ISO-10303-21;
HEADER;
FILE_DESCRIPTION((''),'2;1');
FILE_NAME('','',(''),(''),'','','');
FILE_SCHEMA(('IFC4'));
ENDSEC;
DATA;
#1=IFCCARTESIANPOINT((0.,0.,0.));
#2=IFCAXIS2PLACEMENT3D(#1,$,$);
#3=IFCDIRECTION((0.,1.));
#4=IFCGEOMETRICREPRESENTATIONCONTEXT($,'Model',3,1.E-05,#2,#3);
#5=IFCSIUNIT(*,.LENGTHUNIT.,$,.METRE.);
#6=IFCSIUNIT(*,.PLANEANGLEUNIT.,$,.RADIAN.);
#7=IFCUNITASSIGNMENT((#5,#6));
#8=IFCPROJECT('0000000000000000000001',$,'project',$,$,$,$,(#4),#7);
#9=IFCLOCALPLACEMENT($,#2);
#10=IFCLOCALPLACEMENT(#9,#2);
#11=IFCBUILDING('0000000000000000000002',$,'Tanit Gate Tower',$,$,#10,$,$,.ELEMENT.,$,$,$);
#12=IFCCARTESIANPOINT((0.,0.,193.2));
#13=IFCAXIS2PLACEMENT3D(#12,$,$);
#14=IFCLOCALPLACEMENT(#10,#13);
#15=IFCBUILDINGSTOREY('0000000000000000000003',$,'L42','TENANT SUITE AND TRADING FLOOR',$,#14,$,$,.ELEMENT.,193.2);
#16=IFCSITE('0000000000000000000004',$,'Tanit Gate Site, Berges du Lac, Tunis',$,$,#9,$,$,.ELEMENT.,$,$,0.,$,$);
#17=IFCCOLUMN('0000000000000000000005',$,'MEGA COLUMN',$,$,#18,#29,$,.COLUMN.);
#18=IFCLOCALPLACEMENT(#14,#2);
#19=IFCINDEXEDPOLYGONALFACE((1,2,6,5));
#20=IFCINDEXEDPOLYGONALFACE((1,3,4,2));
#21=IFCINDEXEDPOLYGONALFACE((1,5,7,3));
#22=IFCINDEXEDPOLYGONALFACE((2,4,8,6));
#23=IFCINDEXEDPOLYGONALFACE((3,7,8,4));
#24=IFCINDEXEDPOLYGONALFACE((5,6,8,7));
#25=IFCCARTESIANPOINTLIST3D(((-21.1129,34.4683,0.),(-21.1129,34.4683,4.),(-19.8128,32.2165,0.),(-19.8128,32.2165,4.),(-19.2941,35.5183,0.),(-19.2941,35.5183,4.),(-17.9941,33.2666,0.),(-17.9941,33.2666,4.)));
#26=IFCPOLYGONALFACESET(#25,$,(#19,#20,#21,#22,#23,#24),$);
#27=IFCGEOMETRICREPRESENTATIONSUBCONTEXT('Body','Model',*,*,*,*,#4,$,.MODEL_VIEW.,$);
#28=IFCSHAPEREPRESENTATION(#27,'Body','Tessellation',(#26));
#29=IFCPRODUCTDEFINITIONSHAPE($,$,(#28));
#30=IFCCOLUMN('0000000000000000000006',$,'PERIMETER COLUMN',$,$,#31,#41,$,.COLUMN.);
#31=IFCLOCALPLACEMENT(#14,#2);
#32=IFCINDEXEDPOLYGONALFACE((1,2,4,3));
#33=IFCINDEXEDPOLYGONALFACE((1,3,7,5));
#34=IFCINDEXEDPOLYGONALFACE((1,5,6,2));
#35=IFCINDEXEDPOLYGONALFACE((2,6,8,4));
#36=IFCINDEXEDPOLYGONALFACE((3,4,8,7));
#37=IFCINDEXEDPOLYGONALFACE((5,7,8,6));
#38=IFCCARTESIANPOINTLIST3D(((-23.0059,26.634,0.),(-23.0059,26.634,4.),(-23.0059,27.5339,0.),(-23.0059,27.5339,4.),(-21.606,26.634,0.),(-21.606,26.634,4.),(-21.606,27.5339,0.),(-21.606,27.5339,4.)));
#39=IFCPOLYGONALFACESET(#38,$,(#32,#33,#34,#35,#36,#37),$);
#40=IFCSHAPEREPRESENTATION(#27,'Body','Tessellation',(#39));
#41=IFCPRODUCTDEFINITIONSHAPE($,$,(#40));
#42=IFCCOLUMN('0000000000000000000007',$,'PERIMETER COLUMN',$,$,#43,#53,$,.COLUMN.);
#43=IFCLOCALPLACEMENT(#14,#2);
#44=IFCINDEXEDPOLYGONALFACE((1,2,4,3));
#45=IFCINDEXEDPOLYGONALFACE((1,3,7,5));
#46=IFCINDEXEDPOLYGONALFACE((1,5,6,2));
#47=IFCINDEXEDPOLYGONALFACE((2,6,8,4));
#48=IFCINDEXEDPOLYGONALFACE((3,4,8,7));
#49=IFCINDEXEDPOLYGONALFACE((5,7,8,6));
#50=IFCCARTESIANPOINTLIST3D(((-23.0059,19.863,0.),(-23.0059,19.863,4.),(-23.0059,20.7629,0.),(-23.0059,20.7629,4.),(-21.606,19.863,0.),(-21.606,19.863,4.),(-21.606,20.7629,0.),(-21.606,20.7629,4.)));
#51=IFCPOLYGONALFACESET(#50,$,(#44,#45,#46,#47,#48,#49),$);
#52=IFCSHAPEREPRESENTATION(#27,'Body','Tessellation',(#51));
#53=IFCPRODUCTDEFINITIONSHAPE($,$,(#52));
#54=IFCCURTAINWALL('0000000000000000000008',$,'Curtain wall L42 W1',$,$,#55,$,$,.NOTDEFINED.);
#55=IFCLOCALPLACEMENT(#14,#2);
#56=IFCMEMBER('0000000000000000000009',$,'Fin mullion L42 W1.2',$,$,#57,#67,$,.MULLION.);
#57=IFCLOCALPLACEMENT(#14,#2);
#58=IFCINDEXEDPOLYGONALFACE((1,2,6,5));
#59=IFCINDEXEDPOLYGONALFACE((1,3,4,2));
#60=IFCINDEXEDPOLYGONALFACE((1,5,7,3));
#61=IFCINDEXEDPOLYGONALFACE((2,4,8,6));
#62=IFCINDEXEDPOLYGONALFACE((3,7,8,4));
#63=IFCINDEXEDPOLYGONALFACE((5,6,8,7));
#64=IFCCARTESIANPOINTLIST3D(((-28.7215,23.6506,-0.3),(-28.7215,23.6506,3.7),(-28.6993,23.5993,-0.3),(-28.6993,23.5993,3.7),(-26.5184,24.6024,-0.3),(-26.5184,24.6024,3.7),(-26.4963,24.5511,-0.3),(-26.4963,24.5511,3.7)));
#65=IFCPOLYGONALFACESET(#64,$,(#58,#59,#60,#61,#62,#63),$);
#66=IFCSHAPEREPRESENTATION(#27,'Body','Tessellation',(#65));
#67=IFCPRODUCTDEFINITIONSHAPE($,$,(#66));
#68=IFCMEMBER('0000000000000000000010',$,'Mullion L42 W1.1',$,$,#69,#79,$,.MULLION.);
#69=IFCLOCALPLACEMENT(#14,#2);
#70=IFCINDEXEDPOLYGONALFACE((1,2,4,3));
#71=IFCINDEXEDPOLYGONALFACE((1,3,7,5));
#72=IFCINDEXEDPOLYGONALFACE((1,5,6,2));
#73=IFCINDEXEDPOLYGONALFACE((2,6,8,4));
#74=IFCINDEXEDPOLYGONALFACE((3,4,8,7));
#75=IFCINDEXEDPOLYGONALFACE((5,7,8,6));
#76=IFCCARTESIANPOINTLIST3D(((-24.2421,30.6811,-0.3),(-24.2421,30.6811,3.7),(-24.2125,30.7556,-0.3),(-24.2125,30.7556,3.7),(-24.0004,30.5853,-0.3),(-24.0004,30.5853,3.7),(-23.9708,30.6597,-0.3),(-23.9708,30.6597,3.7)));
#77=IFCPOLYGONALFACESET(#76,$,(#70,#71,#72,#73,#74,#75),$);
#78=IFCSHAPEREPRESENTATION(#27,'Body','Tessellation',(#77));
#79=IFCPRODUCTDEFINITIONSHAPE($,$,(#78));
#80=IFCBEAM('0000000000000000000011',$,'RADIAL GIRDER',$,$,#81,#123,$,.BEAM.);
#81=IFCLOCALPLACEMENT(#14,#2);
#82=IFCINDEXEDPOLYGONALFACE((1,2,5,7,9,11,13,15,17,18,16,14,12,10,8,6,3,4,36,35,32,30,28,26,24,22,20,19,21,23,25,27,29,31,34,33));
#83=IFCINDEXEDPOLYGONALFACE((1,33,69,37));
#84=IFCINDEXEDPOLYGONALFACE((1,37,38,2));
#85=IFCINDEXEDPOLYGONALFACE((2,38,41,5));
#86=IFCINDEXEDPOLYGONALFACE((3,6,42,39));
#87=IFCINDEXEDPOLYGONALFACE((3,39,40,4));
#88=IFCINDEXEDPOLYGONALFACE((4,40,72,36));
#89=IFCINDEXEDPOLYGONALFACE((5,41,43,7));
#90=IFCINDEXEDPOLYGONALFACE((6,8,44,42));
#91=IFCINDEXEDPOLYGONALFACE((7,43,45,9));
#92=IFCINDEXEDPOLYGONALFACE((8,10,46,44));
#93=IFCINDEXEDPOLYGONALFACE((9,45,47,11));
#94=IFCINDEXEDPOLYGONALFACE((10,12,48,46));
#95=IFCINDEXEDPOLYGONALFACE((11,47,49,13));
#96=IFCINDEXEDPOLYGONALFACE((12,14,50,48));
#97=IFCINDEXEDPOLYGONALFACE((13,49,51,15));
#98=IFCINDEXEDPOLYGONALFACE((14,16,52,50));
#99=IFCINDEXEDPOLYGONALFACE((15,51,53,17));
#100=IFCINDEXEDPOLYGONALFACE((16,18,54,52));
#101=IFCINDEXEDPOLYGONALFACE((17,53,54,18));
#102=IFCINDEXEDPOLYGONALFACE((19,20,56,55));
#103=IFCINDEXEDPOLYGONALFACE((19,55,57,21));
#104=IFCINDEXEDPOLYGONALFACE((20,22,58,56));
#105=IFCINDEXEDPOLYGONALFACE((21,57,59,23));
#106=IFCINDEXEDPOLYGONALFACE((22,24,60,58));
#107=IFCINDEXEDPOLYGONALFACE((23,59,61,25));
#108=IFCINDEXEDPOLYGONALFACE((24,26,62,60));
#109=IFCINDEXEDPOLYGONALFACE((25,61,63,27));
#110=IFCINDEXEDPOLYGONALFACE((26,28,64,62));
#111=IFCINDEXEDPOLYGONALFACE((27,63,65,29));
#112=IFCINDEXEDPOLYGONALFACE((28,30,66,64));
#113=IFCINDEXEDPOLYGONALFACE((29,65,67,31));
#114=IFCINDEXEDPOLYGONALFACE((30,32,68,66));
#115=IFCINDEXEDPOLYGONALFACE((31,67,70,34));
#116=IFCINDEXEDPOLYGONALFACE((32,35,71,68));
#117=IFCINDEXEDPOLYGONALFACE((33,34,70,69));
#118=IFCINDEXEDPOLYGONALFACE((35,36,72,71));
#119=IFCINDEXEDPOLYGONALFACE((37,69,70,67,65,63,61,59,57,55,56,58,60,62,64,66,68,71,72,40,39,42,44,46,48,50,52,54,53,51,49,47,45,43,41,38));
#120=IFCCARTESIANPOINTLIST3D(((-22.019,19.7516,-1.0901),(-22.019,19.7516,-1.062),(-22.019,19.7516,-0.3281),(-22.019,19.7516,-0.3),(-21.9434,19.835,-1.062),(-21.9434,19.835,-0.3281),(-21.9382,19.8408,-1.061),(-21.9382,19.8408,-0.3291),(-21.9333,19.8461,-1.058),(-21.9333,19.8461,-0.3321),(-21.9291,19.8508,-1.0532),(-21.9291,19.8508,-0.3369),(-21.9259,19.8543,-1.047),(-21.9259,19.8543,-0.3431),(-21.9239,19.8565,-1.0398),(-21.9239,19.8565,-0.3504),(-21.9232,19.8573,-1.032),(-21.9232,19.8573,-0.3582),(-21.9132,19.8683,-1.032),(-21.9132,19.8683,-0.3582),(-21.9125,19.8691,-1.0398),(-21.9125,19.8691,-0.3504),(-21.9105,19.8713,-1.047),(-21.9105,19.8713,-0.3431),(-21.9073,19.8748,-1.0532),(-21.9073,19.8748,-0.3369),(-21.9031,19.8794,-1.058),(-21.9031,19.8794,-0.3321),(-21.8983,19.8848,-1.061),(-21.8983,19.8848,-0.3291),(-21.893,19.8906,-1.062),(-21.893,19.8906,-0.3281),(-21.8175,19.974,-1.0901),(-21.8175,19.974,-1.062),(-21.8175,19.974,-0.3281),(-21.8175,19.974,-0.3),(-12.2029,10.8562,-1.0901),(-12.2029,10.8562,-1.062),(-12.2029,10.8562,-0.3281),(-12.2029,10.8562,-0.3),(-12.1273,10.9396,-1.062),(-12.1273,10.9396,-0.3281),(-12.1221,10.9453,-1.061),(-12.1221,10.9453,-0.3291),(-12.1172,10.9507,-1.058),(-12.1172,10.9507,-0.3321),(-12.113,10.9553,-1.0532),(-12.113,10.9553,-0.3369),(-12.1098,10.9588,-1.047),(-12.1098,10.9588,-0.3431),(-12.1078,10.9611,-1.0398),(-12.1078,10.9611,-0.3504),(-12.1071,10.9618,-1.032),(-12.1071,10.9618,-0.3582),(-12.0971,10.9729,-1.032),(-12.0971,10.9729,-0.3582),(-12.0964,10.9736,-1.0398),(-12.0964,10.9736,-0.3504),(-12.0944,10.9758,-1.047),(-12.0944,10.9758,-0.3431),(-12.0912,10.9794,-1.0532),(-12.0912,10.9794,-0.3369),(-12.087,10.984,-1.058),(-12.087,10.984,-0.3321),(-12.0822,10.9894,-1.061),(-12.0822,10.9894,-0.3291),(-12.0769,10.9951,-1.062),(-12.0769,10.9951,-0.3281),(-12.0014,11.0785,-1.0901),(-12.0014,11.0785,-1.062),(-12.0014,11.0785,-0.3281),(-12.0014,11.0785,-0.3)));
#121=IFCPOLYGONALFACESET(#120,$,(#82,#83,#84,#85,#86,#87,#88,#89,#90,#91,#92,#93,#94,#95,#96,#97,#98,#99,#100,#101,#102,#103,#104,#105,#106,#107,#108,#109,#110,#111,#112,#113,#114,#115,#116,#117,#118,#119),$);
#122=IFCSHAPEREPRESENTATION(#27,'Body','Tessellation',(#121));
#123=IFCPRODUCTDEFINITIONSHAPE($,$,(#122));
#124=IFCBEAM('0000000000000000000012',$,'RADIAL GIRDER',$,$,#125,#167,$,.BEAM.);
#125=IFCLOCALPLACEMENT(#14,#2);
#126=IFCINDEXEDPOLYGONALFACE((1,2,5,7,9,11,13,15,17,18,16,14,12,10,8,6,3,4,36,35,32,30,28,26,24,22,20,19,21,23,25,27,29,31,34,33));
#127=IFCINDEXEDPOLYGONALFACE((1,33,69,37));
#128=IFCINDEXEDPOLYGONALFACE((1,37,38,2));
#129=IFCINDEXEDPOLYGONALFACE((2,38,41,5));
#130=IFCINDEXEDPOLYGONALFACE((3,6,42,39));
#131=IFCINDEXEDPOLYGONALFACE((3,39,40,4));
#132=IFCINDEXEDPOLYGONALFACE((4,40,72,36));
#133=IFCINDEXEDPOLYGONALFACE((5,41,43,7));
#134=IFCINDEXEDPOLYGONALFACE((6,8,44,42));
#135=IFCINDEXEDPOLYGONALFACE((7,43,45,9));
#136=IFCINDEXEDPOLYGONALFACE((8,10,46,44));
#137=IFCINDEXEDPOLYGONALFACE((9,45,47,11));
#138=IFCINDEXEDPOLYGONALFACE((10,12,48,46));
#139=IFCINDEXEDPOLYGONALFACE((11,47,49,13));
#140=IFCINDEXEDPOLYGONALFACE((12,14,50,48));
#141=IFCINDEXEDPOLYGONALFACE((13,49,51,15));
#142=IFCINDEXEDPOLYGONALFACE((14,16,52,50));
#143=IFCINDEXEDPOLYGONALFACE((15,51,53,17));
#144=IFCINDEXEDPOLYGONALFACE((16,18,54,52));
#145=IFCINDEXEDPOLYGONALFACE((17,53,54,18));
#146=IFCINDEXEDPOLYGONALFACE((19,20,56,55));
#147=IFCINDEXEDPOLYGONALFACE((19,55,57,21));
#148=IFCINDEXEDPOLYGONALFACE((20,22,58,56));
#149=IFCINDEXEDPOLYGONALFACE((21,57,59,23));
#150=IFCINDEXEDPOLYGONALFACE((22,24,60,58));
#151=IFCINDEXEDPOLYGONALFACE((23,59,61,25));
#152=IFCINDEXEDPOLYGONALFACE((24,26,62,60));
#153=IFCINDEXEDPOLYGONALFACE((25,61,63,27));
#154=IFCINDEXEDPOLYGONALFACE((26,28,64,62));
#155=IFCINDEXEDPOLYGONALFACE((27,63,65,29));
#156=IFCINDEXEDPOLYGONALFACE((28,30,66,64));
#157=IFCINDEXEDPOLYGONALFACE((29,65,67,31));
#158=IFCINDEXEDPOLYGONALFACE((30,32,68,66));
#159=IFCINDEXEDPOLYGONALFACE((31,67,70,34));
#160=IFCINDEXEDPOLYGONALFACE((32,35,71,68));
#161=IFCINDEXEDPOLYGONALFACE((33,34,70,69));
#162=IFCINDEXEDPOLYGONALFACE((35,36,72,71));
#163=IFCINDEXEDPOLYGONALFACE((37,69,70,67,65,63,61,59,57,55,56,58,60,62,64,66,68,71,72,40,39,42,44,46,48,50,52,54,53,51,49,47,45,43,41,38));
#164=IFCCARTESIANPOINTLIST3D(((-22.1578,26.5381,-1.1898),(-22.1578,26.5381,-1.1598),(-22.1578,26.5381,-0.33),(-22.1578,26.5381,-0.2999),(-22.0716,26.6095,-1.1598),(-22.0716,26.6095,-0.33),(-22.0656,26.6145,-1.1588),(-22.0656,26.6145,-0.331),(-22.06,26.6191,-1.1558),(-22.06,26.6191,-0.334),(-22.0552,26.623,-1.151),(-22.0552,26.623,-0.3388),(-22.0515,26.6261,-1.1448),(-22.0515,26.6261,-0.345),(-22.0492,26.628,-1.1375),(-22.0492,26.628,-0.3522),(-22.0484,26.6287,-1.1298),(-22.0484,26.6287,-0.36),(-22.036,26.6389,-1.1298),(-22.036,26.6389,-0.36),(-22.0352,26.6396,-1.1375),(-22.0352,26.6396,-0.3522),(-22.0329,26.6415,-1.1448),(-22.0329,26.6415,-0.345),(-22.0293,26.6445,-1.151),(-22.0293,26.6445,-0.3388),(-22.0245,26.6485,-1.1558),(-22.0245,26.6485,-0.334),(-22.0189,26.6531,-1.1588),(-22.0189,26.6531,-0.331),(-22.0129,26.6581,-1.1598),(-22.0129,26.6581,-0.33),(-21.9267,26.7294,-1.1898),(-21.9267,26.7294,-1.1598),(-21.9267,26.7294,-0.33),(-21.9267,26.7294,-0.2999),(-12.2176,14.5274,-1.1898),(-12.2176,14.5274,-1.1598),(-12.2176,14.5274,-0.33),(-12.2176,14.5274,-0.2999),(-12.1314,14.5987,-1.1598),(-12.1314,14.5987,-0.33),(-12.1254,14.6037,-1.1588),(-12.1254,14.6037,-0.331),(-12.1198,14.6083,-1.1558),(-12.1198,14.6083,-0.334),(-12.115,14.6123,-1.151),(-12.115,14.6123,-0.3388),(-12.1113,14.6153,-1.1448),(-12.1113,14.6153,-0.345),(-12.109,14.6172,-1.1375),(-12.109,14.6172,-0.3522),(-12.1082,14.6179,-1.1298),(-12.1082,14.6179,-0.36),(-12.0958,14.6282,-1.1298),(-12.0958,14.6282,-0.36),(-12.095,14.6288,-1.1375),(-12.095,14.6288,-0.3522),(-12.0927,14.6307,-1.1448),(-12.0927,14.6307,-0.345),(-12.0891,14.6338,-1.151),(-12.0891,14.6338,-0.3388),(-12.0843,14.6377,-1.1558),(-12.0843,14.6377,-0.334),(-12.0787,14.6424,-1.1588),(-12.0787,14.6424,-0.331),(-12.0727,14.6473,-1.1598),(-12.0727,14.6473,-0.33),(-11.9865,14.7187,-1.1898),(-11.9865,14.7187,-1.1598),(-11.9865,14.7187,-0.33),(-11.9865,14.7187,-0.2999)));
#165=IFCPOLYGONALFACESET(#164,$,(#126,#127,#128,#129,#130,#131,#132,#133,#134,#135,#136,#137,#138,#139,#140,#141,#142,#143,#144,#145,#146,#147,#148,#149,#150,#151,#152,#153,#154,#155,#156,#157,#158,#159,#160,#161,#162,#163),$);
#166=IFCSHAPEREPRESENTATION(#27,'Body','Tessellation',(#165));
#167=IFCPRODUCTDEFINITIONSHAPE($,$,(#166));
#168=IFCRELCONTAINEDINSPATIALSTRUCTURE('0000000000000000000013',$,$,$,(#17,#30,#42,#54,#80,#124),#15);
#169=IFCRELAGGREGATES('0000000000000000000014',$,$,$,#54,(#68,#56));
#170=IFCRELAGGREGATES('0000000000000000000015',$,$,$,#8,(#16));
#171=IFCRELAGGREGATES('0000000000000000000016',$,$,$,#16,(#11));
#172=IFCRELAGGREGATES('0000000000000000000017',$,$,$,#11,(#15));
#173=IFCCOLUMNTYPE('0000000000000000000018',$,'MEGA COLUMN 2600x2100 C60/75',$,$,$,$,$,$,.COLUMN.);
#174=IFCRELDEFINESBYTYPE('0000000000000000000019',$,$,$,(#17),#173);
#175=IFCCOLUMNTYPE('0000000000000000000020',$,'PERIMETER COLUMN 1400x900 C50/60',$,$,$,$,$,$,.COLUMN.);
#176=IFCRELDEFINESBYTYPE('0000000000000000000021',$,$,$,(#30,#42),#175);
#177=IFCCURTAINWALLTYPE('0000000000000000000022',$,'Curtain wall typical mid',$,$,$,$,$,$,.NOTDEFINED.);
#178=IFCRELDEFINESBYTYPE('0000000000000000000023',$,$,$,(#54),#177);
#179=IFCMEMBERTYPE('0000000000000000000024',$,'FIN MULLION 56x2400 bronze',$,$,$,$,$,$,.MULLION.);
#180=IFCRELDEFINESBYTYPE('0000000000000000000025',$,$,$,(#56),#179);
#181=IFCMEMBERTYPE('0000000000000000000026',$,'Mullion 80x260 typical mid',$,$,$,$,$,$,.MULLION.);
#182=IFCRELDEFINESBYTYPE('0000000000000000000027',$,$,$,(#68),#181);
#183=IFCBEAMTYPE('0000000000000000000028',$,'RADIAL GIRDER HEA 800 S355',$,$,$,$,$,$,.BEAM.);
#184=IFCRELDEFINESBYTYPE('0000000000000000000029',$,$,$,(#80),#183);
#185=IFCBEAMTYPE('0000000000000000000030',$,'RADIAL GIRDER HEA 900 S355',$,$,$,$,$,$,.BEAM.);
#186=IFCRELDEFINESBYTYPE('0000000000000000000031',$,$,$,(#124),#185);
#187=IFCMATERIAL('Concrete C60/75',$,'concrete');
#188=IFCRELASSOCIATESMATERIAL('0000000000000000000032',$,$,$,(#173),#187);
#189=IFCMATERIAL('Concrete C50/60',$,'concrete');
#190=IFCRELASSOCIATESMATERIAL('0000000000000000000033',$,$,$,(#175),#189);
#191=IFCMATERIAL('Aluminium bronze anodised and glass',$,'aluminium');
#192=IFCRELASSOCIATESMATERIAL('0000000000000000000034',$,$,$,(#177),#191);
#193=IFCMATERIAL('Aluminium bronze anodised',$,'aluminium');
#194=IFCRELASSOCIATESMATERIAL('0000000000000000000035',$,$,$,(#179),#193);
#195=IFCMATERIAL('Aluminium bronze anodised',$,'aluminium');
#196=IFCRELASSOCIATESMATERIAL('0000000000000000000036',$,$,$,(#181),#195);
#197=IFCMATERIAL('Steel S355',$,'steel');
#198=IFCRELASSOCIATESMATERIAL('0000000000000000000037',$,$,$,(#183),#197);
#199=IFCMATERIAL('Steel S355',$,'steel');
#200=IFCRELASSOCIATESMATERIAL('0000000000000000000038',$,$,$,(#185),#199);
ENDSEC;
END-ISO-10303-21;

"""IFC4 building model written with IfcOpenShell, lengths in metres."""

from ifc_helpers import new_model, si_unit, direction, frame, origin, origin_2d, place, context, subcontext, project, spatial, rectangle, i_section, extrude, material, material_profile, profile_set, type_object, element, aggregate, save


model = new_model("IFC4")

# Units and contexts
model_context = context("Model", 3, precision=1e-05, world=origin(), true_north=direction((0.0, 1.0)))
body_context = subcontext(model_context, "Body", "Model", "MODEL_VIEW")
ifc_project = project(units=[si_unit("LENGTHUNIT", "METRE"), si_unit("PLANEANGLEUNIT", "RADIAN")], contexts=[model_context])

# Site, building, storey
site_placement = place(None, origin())
site = spatial("IfcSite", under=ifc_project, at=site_placement, Name="Tanit Gate Site, Berges du Lac, Tunis", CompositionType="ELEMENT", RefElevation=0.0)
building_placement = place(site_placement, origin())
building = spatial("IfcBuilding", under=site, at=building_placement, Name="Tanit Gate Tower", CompositionType="ELEMENT")
storey_placement = place(building_placement, frame((0.0, 0.0, 193.2)))
storey = spatial("IfcBuildingStorey", under=building, at=storey_placement, Name="L42", Description="TENANT SUITE AND TRADING FLOOR", CompositionType="ELEMENT", Elevation=193.2)

# Columns
ifc_material_1 = material(Name="Concrete C60/75", Category="concrete")
ifc_material_profile_1 = material_profile(ifc_material_1, rectangle(XDim=2.6001, YDim=2.1001, at=origin_2d()), Name="RC 2600x2100")
ifc_profile_set_1 = profile_set([ifc_material_profile_1], Name="Concrete C60/75")
column_type_1 = type_object("IfcColumnType", Name="MEGA COLUMN 2600x2100 C60/75", PredefinedType="COLUMN", material=ifc_profile_set_1)
column_placement = place(storey_placement, frame((-19.5535, 33.8674, 0.0), z_axis=(0.0, 0.0, 1.0), x_axis=(-0.5, 0.866025, 0.0)))
element("IfcColumn", 1, at=column_placement, inside=storey, type_object=column_type_1, Name="MEGA COLUMN", PredefinedType="COLUMN", context=body_context, shape_type="SweptSolid", body=[
    extrude(rectangle(XDim=2.6001, YDim=2.1001, at=origin_2d()), origin(), (0.0, 0.0, 1.0), 4.0),
])
ifc_material_2 = material(Name="Concrete C50/60", Category="concrete")
ifc_material_profile_2 = material_profile(ifc_material_2, rectangle(XDim=1.3999, YDim=0.8999, at=origin_2d()), Name="RC 1400x900")
ifc_profile_set_2 = profile_set([ifc_material_profile_2], Name="Concrete C50/60")
column_type_2 = type_object("IfcColumnType", Name="PERIMETER COLUMN 1400x900 C50/60", PredefinedType="COLUMN", material=ifc_profile_set_2)
for number, where, z_axis, x_axis, name in (
    (2, (-22.3059, 27.084, 0.0), (0.0, 0.0, 1.0), (-1.0, 0.0, 0.0), "PERIMETER COLUMN"),
    (3, (-22.3059, 20.313, 0.0), (0.0, 0.0, 1.0), (-1.0, 0.0, 0.0), "PERIMETER COLUMN"),
):
    element("IfcColumn", number, at=place(storey_placement, frame(where, z_axis=z_axis, x_axis=x_axis)), inside=storey, type_object=column_type_2, Name=name, PredefinedType="COLUMN", context=body_context, shape_type="SweptSolid", body=[
        extrude(rectangle(XDim=1.3999, YDim=0.8999, at=origin_2d()), origin(), (0.0, 0.0, 1.0), 4.0),
    ])

# Curtain wall, members
ifc_material_3 = material(Name="Aluminium bronze anodised and glass", Category="aluminium")
curtain_wall_type = type_object("IfcCurtainWallType", Name="Curtain wall typical mid", PredefinedType="NOTDEFINED", material=ifc_material_3)
curtain_wall_placement = place(storey_placement, origin())
curtain_wall = element("IfcCurtainWall", 4, at=curtain_wall_placement, inside=storey, type_object=curtain_wall_type, Name="Curtain wall L42 W1", PredefinedType="NOTDEFINED")
ifc_material_4 = material(Name="Aluminium bronze anodised", Category="aluminium")
ifc_material_profile_3 = material_profile(ifc_material_4, rectangle(XDim=2.3999, YDim=0.0559, at=origin_2d()), Name="56x2400 bronze fin mullion")
ifc_profile_set_3 = profile_set([ifc_material_profile_3], Name="Aluminium bronze anodised")
member_type_1 = type_object("IfcMemberType", Name="FIN MULLION 56x2400 bronze", PredefinedType="MULLION", material=ifc_profile_set_3)
member_1_placement = place(storey_placement, frame((-27.6089, 24.1008, -0.3), z_axis=(0.0, 0.0, 1.0), x_axis=(0.917994, 0.396594, 0.0)))
member_1 = element("IfcMember", 5, at=member_1_placement, type_object=member_type_1, Name="Fin mullion L42 W1.2", PredefinedType="MULLION", context=body_context, shape_type="SweptSolid", body=[
    extrude(rectangle(XDim=2.3999, YDim=0.0559, at=origin_2d()), origin(), (0.0, 0.0, 1.0), 4.0),
])
ifc_material_5 = material(Name="Aluminium bronze anodised", Category="aluminium")
ifc_material_profile_4 = material_profile(ifc_material_5, rectangle(XDim=0.26, YDim=0.0801, at=origin_2d()), Name="80x260 bronze mullion")
ifc_profile_set_4 = profile_set([ifc_material_profile_4], Name="Aluminium bronze anodised")
member_type_2 = type_object("IfcMemberType", Name="Mullion 80x260 typical mid", PredefinedType="MULLION", material=ifc_profile_set_4)
member_2_placement = place(storey_placement, frame((-24.1064, 30.6704, -0.3), z_axis=(0.0, 0.0, 1.0), x_axis=(0.929554, -0.368686, 0.0)))
member_2 = element("IfcMember", 6, at=member_2_placement, type_object=member_type_2, Name="Mullion L42 W1.1", PredefinedType="MULLION", context=body_context, shape_type="SweptSolid", body=[
    extrude(rectangle(XDim=0.26, YDim=0.0801, at=origin_2d()), origin(), (0.0, 0.0, 1.0), 4.0),
])

# Beams
ifc_material_6 = material(Name="Steel S355", Category="steel")
ifc_material_profile_5 = material_profile(ifc_material_6, i_section(OverallWidth=0.3, OverallDepth=0.79, WebThickness=0.0149, FlangeThickness=0.0281, FilletRadius=0.03, at=origin_2d()), Name="HEA 800")
ifc_profile_set_5 = profile_set([ifc_material_profile_5], Name="Steel S355")
beam_type_1 = type_object("IfcBeamType", Name="RADIAL GIRDER HEA 800 S355", PredefinedType="BEAM", material=ifc_profile_set_5)
beam_1_placement = place(storey_placement, frame((-21.9182, 19.8628, -0.6951), z_axis=(0.741002, -0.671503, 0.0), x_axis=(0.671503, 0.741002, 0.0)))
element("IfcBeam", 7, at=beam_1_placement, inside=storey, type_object=beam_type_1, Name="RADIAL GIRDER", PredefinedType="BEAM", context=body_context, shape_type="SweptSolid", body=[
    extrude(i_section(OverallWidth=0.3, OverallDepth=0.79, WebThickness=0.0149, FlangeThickness=0.0281, FilletRadius=0.03, at=origin_2d()), origin(), (0.0, 0.0, 1.0), 13.2471),
])
ifc_material_7 = material(Name="Steel S355", Category="steel")
ifc_material_profile_6 = material_profile(ifc_material_7, i_section(OverallWidth=0.3, OverallDepth=0.8899, WebThickness=0.0161, FlangeThickness=0.03, FilletRadius=0.03, at=origin_2d()), Name="HEA 900")
ifc_profile_set_6 = profile_set([ifc_material_profile_6], Name="Steel S355")
beam_type_2 = type_object("IfcBeamType", Name="RADIAL GIRDER HEA 900 S355", PredefinedType="BEAM", material=ifc_profile_set_6)
beam_2_placement = place(storey_placement, frame((-22.0422, 26.6338, -0.7449), z_axis=(0.637578, -0.770386, 0.0), x_axis=(0.770386, 0.637578, 0.0)))
element("IfcBeam", 8, at=beam_2_placement, inside=storey, type_object=beam_type_2, Name="RADIAL GIRDER", PredefinedType="BEAM", context=body_context, shape_type="SweptSolid", body=[
    extrude(i_section(OverallWidth=0.3, OverallDepth=0.8899, WebThickness=0.0161, FlangeThickness=0.03, FilletRadius=0.03, at=origin_2d()), origin(), (0.0, 0.0, 1.0), 15.5906),
])

aggregate(curtain_wall, [member_2, member_1])

save(model, "model.ifc")
